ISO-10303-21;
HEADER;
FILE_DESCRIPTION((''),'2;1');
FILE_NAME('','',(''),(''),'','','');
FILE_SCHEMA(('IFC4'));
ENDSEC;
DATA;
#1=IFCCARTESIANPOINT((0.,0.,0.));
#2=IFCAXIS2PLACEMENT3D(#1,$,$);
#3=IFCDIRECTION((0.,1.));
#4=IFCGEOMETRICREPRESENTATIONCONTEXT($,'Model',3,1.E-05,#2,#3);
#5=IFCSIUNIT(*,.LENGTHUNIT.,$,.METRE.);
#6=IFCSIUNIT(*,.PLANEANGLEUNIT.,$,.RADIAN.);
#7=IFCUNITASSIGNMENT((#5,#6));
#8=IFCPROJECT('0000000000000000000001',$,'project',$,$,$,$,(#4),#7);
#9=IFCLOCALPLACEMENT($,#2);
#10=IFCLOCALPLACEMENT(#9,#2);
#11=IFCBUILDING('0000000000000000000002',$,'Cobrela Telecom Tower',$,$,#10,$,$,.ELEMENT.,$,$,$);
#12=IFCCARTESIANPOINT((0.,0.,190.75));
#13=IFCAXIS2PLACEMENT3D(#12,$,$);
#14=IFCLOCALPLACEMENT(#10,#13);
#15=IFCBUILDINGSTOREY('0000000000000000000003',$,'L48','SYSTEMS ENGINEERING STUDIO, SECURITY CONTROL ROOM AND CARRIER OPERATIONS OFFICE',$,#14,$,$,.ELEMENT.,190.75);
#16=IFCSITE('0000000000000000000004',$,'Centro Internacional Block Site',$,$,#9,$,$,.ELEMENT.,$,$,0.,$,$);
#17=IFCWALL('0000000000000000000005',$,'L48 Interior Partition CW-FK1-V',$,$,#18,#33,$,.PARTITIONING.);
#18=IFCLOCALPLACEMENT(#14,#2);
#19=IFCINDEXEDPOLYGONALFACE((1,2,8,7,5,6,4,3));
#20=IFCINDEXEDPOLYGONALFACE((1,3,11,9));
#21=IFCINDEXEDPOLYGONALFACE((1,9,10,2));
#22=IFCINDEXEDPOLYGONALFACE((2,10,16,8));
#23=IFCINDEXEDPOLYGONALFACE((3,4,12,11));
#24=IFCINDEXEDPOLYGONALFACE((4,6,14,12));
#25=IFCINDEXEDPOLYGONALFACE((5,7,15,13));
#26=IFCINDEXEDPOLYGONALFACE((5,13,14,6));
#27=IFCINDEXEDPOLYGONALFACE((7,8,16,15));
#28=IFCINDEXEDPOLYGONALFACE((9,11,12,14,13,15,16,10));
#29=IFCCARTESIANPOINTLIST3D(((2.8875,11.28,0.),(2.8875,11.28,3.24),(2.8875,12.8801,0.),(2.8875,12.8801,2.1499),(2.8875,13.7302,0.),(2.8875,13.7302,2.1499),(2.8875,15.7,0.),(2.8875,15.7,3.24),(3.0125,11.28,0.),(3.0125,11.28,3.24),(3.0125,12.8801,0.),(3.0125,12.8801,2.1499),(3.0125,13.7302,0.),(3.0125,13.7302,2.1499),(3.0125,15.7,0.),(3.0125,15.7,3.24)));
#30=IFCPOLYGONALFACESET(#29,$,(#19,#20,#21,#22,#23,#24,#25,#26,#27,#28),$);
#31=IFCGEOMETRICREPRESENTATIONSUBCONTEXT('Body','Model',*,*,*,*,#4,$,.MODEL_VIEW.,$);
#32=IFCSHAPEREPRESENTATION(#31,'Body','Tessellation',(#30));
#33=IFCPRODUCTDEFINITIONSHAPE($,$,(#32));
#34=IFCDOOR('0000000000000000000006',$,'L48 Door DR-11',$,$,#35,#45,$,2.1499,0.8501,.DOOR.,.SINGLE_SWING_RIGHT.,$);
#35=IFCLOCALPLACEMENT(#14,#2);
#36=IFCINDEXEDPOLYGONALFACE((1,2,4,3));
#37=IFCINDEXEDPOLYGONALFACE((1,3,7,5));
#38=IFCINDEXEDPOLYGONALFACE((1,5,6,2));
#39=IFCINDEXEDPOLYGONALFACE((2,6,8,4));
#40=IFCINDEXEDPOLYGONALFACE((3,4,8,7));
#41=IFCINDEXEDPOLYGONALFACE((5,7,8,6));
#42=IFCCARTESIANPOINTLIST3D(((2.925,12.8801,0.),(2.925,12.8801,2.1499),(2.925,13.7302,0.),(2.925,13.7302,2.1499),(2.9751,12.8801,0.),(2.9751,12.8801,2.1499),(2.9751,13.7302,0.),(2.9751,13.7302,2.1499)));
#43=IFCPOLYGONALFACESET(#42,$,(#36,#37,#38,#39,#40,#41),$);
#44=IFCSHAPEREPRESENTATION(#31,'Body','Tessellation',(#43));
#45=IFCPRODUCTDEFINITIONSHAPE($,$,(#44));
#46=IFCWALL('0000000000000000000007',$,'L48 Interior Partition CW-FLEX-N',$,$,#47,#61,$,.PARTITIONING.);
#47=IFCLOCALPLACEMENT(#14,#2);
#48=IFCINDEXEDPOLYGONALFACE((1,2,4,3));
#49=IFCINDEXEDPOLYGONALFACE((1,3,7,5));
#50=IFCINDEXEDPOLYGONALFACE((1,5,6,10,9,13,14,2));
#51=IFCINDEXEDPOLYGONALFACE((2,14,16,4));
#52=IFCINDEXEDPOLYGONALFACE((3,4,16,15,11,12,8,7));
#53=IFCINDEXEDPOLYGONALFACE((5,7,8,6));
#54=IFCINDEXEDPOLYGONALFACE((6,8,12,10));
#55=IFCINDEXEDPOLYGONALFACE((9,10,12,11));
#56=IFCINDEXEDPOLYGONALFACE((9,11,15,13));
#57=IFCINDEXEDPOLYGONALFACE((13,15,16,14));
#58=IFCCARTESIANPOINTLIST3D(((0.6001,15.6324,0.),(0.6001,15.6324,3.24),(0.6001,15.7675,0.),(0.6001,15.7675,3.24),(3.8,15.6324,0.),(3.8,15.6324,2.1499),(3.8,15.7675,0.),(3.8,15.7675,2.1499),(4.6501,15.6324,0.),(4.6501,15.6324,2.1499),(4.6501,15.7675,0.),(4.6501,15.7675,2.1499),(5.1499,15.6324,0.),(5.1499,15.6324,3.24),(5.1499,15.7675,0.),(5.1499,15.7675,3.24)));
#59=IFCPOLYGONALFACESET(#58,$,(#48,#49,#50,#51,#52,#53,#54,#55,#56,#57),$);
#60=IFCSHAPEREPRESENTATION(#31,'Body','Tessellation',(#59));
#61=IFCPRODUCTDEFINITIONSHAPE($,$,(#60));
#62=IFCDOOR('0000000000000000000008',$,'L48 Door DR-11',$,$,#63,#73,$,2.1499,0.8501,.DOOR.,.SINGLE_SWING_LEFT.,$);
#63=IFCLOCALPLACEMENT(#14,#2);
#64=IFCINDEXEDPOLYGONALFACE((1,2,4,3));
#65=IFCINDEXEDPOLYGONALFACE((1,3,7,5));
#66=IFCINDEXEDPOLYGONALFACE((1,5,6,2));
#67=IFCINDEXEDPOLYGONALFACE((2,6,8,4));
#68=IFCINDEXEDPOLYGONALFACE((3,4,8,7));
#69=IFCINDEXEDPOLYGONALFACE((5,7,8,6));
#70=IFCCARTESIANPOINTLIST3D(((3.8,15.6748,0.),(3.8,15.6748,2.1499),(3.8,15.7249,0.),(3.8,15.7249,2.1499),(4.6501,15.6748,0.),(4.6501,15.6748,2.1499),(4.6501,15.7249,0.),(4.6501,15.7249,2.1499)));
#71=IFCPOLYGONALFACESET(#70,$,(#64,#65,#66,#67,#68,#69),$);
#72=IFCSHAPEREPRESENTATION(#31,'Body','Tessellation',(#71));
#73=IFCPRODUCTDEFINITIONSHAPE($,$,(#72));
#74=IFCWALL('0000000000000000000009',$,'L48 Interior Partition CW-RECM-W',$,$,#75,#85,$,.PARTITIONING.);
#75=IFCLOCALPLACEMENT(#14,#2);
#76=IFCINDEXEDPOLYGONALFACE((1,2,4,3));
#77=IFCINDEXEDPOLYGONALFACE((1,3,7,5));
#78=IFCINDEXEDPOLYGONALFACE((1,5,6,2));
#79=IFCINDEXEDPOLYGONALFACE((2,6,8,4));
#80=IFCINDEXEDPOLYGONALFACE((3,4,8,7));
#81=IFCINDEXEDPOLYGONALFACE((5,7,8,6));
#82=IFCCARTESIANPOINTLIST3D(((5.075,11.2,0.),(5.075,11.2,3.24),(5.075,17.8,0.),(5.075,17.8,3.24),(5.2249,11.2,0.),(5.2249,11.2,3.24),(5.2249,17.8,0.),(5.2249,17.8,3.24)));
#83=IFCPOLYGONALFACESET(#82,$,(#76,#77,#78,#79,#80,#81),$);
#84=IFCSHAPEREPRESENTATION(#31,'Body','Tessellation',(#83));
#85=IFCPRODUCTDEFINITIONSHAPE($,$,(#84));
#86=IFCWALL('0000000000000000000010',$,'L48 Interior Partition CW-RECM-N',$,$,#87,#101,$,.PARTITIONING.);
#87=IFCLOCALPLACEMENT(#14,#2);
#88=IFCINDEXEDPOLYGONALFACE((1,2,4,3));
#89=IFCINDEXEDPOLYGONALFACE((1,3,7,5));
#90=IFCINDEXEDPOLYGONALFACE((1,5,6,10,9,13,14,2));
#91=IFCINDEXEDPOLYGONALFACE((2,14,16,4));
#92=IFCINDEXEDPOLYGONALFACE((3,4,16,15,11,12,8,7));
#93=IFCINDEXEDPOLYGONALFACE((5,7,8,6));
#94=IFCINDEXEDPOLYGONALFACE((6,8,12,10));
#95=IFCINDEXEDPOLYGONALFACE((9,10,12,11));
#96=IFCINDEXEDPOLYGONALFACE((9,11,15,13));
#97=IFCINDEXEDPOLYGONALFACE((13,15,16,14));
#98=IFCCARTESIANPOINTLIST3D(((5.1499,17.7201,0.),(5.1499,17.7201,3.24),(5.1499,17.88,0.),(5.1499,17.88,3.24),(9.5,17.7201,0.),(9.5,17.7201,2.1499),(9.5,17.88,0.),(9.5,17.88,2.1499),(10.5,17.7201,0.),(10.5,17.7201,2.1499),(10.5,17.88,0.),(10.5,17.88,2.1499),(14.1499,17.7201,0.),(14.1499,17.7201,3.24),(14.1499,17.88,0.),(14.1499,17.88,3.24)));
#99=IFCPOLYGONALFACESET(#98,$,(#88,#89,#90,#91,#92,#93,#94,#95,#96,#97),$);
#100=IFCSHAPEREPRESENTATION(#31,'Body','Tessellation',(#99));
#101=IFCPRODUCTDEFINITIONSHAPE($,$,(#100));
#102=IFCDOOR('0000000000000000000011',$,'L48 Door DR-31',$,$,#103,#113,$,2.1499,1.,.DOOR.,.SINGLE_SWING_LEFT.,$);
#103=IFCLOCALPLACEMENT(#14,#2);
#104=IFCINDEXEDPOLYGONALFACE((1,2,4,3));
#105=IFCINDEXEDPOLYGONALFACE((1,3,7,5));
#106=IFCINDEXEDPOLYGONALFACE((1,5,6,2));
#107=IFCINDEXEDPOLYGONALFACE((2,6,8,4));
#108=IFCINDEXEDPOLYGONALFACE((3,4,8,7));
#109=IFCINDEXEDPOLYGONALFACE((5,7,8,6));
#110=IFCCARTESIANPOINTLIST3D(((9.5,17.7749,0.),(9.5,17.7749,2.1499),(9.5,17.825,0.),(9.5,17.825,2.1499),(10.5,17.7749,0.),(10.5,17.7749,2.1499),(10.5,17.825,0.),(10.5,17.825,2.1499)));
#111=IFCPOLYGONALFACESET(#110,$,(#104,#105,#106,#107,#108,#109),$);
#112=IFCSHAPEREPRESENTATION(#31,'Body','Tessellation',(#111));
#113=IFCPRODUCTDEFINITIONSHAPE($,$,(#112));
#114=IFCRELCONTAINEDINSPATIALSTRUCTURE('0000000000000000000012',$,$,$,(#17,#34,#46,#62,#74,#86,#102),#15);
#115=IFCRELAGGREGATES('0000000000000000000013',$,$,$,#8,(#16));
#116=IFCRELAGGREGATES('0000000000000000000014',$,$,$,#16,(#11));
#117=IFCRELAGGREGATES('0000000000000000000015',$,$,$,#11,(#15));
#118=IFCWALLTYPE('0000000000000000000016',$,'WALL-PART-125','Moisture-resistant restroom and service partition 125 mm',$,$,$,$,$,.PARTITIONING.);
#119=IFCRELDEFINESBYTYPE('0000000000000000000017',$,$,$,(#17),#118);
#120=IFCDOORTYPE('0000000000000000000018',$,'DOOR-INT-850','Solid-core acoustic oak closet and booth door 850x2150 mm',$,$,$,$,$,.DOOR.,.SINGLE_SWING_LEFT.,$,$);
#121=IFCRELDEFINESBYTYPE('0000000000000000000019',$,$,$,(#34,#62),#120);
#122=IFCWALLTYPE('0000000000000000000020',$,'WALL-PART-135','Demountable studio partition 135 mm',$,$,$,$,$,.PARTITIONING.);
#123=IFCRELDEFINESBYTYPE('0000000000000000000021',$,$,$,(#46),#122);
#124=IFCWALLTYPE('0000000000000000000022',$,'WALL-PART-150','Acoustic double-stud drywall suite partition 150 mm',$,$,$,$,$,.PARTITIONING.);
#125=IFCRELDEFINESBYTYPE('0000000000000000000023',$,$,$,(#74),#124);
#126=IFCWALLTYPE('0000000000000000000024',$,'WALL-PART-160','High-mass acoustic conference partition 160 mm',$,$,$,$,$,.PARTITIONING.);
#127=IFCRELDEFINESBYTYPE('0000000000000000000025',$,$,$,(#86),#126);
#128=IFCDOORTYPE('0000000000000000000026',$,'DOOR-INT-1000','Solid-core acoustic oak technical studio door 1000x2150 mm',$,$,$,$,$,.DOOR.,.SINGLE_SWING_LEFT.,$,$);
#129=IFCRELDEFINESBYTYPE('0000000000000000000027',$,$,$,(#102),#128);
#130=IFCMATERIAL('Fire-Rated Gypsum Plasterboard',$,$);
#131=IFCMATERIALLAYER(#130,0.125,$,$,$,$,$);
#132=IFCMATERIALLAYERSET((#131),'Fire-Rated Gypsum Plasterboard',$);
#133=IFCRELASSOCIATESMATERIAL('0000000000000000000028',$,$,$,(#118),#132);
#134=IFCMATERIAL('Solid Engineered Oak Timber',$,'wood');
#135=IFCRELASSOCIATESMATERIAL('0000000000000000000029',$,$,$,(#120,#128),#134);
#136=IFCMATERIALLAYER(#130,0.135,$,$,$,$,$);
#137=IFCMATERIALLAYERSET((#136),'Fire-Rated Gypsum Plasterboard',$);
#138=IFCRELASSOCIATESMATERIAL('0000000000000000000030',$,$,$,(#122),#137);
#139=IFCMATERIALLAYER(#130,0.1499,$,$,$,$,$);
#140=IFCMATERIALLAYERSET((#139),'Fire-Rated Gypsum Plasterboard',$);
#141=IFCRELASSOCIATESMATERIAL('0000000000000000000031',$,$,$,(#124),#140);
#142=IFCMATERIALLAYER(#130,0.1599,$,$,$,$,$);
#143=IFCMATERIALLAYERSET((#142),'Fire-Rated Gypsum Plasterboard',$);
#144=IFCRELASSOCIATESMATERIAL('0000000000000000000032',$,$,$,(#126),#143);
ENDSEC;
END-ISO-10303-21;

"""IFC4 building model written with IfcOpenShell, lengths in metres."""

from ifc_helpers import new_model, si_unit, direction, frame, frame_2d, origin, place, context, subcontext, project, spatial, rectangle, extrude, material, layer, layer_set, type_object, element, fill, save


model = new_model("IFC4")

# Units and contexts
model_context = context("Model", 3, precision=1e-05, world=origin(), true_north=direction((0.0, 1.0)))
body_context = subcontext(model_context, "Body", "Model", "MODEL_VIEW")
ifc_project = project(units=[si_unit("LENGTHUNIT", "METRE"), si_unit("PLANEANGLEUNIT", "RADIAN")], contexts=[model_context])

# Site, building, storey
site_placement = place(None, origin())
site = spatial("IfcSite", under=ifc_project, at=site_placement, Name="Centro Internacional Block Site", CompositionType="ELEMENT", RefElevation=0.0)
building_placement = place(site_placement, origin())
building = spatial("IfcBuilding", under=site, at=building_placement, Name="Cobrela Telecom Tower", CompositionType="ELEMENT")
storey_placement = place(building_placement, frame((0.0, 0.0, 190.75)))
storey = spatial("IfcBuildingStorey", under=building, at=storey_placement, Name="L48", Description="SYSTEMS ENGINEERING STUDIO, SECURITY CONTROL ROOM AND CARRIER OPERATIONS OFFICE", CompositionType="ELEMENT", Elevation=190.75)

# Walls, openings, doors
ifc_material_1 = material(Name="Fire-Rated Gypsum Plasterboard")
ifc_layer_1 = layer(ifc_material_1, 0.125)
ifc_layer_set_1 = layer_set([ifc_layer_1], Name="Fire-Rated Gypsum Plasterboard")
wall_type_1 = type_object("IfcWallType", Name="WALL-PART-125", Description="Moisture-resistant restroom and service partition 125 mm", PredefinedType="PARTITIONING", material=ifc_layer_set_1)
wall_1_placement = place(storey_placement, frame((2.95, 11.28, 0.0), z_axis=(0.0, 0.0, 1.0), x_axis=(0.0, 1.0, 0.0)))
wall_1 = element("IfcWall", 1, at=wall_1_placement, inside=storey, type_object=wall_type_1, Name="L48 Interior Partition CW-FK1-V", PredefinedType="PARTITIONING", context=body_context, shape_type="SweptSolid", body=[
    extrude(rectangle(XDim=4.4199, YDim=0.125, at=frame_2d((2.21, 0.0))), origin(), (0.0, 0.0, 1.0), 3.24),
])
opening_1_placement = place(wall_1_placement, frame((1.6001, 0.0, 0.0)))
opening_1 = element("IfcOpeningElement", 2, at=opening_1_placement, cuts=wall_1, PredefinedType="OPENING", context=body_context, shape_type="SweptSolid", body=[
    extrude(rectangle(XDim=0.8501, YDim=2.1499, at=frame_2d((0.425, 1.075))), frame((0.0, 0.0745, 0.0), z_axis=(0.0, -1.0, 0.0), x_axis=(1.0, 0.0, 0.0)), (0.0, 0.0, 1.0), 0.1489),
])
ifc_material_2 = material(Name="Solid Engineered Oak Timber", Category="wood")
door_type_1 = type_object("IfcDoorType", Name="DOOR-INT-850", Description="Solid-core acoustic oak closet and booth door 850x2150 mm", OperationType="SINGLE_SWING_LEFT", PredefinedType="DOOR", material=ifc_material_2)
door_1_placement = place(opening_1_placement, origin())
door_1 = element("IfcDoor", 3, at=door_1_placement, inside=storey, type_object=door_type_1, Name="L48 Door DR-11", OperationType="SINGLE_SWING_RIGHT", OverallHeight=2.1499, OverallWidth=0.8501, PredefinedType="DOOR", context=body_context, shape_type="SweptSolid", body=[
    extrude(rectangle(XDim=0.8501, YDim=2.1499, at=frame_2d((0.425, 1.075))), frame((0.0, 0.0249, 0.0), z_axis=(0.0, -1.0, 0.0), x_axis=(1.0, 0.0, 0.0)), (0.0, 0.0, 1.0), 0.05),
])
fill(opening_1, door_1)
ifc_layer_2 = layer(ifc_material_1, 0.135)
ifc_layer_set_2 = layer_set([ifc_layer_2], Name="Fire-Rated Gypsum Plasterboard")
wall_type_2 = type_object("IfcWallType", Name="WALL-PART-135", Description="Demountable studio partition 135 mm", PredefinedType="PARTITIONING", material=ifc_layer_set_2)
wall_2_placement = place(storey_placement, frame((0.6001, 15.7, 0.0), z_axis=(0.0, 0.0, 1.0), x_axis=(1.0, 0.0, 0.0)))
wall_2 = element("IfcWall", 4, at=wall_2_placement, inside=storey, type_object=wall_type_2, Name="L48 Interior Partition CW-FLEX-N", PredefinedType="PARTITIONING", context=body_context, shape_type="SweptSolid", body=[
    extrude(rectangle(XDim=4.5498, YDim=0.135, at=frame_2d((2.2749, 0.0))), origin(), (0.0, 0.0, 1.0), 3.24),
])
opening_2_placement = place(wall_2_placement, frame((3.2, 0.0, 0.0)))
opening_2 = element("IfcOpeningElement", 5, at=opening_2_placement, cuts=wall_2, PredefinedType="OPENING", context=body_context, shape_type="SweptSolid", body=[
    extrude(rectangle(XDim=0.8501, YDim=2.1499, at=frame_2d((0.425, 1.075))), frame((0.0, 0.0796, 0.0), z_axis=(0.0, -1.0, 0.0), x_axis=(1.0, 0.0, 0.0)), (0.0, 0.0, 1.0), 0.1589),
])
door_2_placement = place(opening_2_placement, origin())
door_2 = element("IfcDoor", 6, at=door_2_placement, inside=storey, type_object=door_type_1, Name="L48 Door DR-11", OperationType="SINGLE_SWING_LEFT", OverallHeight=2.1499, OverallWidth=0.8501, PredefinedType="DOOR", context=body_context, shape_type="SweptSolid", body=[
    extrude(rectangle(XDim=0.8501, YDim=2.1499, at=frame_2d((0.425, 1.075))), frame((0.0, 0.0249, 0.0), z_axis=(0.0, -1.0, 0.0), x_axis=(1.0, 0.0, 0.0)), (0.0, 0.0, 1.0), 0.05),
])
fill(opening_2, door_2)

# Wall
ifc_layer_3 = layer(ifc_material_1, 0.1499)
ifc_layer_set_3 = layer_set([ifc_layer_3], Name="Fire-Rated Gypsum Plasterboard")
wall_type_3 = type_object("IfcWallType", Name="WALL-PART-150", Description="Acoustic double-stud drywall suite partition 150 mm", PredefinedType="PARTITIONING", material=ifc_layer_set_3)
wall_3_placement = place(storey_placement, frame((5.1499, 11.2, 0.0), z_axis=(0.0, 0.0, 1.0), x_axis=(0.0, 1.0, 0.0)))
element("IfcWall", 7, at=wall_3_placement, inside=storey, type_object=wall_type_3, Name="L48 Interior Partition CW-RECM-W", PredefinedType="PARTITIONING", context=body_context, shape_type="SweptSolid", body=[
    extrude(rectangle(XDim=6.6001, YDim=0.1499, at=frame_2d((3.3, 0.0))), origin(), (0.0, 0.0, 1.0), 3.24),
])

# Wall, opening, door
ifc_layer_4 = layer(ifc_material_1, 0.1599)
ifc_layer_set_4 = layer_set([ifc_layer_4], Name="Fire-Rated Gypsum Plasterboard")
wall_type_4 = type_object("IfcWallType", Name="WALL-PART-160", Description="High-mass acoustic conference partition 160 mm", PredefinedType="PARTITIONING", material=ifc_layer_set_4)
wall_4_placement = place(storey_placement, frame((5.1499, 17.8, 0.0), z_axis=(0.0, 0.0, 1.0), x_axis=(1.0, 0.0, 0.0)))
wall_4 = element("IfcWall", 8, at=wall_4_placement, inside=storey, type_object=wall_type_4, Name="L48 Interior Partition CW-RECM-N", PredefinedType="PARTITIONING", context=body_context, shape_type="SweptSolid", body=[
    extrude(rectangle(XDim=9.0, YDim=0.1599, at=frame_2d((4.5, 0.0))), origin(), (0.0, 0.0, 1.0), 3.24),
])
opening_3_placement = place(wall_4_placement, frame((4.3501, 0.0, 0.0)))
opening_3 = element("IfcOpeningElement", 9, at=opening_3_placement, cuts=wall_4, PredefinedType="OPENING", context=body_context, shape_type="SweptSolid", body=[
    extrude(rectangle(XDim=1.0, YDim=2.1499, at=frame_2d((0.5, 1.075))), frame((0.0, 0.0918, 0.0), z_axis=(0.0, -1.0, 0.0), x_axis=(1.0, 0.0, 0.0)), (0.0, 0.0, 1.0), 0.1838),
])
door_type_2 = type_object("IfcDoorType", Name="DOOR-INT-1000", Description="Solid-core acoustic oak technical studio door 1000x2150 mm", OperationType="SINGLE_SWING_LEFT", PredefinedType="DOOR", material=ifc_material_2)
door_3_placement = place(opening_3_placement, origin())
door_3 = element("IfcDoor", 10, at=door_3_placement, inside=storey, type_object=door_type_2, Name="L48 Door DR-31", OperationType="SINGLE_SWING_LEFT", OverallHeight=2.1499, OverallWidth=1.0, PredefinedType="DOOR", context=body_context, shape_type="SweptSolid", body=[
    extrude(rectangle(XDim=1.0, YDim=2.1499, at=frame_2d((0.5, 1.075))), frame((0.0, 0.0249, 0.0), z_axis=(0.0, -1.0, 0.0), x_axis=(1.0, 0.0, 0.0)), (0.0, 0.0, 1.0), 0.05),
])
fill(opening_3, door_3)

save(model, "model.ifc")
